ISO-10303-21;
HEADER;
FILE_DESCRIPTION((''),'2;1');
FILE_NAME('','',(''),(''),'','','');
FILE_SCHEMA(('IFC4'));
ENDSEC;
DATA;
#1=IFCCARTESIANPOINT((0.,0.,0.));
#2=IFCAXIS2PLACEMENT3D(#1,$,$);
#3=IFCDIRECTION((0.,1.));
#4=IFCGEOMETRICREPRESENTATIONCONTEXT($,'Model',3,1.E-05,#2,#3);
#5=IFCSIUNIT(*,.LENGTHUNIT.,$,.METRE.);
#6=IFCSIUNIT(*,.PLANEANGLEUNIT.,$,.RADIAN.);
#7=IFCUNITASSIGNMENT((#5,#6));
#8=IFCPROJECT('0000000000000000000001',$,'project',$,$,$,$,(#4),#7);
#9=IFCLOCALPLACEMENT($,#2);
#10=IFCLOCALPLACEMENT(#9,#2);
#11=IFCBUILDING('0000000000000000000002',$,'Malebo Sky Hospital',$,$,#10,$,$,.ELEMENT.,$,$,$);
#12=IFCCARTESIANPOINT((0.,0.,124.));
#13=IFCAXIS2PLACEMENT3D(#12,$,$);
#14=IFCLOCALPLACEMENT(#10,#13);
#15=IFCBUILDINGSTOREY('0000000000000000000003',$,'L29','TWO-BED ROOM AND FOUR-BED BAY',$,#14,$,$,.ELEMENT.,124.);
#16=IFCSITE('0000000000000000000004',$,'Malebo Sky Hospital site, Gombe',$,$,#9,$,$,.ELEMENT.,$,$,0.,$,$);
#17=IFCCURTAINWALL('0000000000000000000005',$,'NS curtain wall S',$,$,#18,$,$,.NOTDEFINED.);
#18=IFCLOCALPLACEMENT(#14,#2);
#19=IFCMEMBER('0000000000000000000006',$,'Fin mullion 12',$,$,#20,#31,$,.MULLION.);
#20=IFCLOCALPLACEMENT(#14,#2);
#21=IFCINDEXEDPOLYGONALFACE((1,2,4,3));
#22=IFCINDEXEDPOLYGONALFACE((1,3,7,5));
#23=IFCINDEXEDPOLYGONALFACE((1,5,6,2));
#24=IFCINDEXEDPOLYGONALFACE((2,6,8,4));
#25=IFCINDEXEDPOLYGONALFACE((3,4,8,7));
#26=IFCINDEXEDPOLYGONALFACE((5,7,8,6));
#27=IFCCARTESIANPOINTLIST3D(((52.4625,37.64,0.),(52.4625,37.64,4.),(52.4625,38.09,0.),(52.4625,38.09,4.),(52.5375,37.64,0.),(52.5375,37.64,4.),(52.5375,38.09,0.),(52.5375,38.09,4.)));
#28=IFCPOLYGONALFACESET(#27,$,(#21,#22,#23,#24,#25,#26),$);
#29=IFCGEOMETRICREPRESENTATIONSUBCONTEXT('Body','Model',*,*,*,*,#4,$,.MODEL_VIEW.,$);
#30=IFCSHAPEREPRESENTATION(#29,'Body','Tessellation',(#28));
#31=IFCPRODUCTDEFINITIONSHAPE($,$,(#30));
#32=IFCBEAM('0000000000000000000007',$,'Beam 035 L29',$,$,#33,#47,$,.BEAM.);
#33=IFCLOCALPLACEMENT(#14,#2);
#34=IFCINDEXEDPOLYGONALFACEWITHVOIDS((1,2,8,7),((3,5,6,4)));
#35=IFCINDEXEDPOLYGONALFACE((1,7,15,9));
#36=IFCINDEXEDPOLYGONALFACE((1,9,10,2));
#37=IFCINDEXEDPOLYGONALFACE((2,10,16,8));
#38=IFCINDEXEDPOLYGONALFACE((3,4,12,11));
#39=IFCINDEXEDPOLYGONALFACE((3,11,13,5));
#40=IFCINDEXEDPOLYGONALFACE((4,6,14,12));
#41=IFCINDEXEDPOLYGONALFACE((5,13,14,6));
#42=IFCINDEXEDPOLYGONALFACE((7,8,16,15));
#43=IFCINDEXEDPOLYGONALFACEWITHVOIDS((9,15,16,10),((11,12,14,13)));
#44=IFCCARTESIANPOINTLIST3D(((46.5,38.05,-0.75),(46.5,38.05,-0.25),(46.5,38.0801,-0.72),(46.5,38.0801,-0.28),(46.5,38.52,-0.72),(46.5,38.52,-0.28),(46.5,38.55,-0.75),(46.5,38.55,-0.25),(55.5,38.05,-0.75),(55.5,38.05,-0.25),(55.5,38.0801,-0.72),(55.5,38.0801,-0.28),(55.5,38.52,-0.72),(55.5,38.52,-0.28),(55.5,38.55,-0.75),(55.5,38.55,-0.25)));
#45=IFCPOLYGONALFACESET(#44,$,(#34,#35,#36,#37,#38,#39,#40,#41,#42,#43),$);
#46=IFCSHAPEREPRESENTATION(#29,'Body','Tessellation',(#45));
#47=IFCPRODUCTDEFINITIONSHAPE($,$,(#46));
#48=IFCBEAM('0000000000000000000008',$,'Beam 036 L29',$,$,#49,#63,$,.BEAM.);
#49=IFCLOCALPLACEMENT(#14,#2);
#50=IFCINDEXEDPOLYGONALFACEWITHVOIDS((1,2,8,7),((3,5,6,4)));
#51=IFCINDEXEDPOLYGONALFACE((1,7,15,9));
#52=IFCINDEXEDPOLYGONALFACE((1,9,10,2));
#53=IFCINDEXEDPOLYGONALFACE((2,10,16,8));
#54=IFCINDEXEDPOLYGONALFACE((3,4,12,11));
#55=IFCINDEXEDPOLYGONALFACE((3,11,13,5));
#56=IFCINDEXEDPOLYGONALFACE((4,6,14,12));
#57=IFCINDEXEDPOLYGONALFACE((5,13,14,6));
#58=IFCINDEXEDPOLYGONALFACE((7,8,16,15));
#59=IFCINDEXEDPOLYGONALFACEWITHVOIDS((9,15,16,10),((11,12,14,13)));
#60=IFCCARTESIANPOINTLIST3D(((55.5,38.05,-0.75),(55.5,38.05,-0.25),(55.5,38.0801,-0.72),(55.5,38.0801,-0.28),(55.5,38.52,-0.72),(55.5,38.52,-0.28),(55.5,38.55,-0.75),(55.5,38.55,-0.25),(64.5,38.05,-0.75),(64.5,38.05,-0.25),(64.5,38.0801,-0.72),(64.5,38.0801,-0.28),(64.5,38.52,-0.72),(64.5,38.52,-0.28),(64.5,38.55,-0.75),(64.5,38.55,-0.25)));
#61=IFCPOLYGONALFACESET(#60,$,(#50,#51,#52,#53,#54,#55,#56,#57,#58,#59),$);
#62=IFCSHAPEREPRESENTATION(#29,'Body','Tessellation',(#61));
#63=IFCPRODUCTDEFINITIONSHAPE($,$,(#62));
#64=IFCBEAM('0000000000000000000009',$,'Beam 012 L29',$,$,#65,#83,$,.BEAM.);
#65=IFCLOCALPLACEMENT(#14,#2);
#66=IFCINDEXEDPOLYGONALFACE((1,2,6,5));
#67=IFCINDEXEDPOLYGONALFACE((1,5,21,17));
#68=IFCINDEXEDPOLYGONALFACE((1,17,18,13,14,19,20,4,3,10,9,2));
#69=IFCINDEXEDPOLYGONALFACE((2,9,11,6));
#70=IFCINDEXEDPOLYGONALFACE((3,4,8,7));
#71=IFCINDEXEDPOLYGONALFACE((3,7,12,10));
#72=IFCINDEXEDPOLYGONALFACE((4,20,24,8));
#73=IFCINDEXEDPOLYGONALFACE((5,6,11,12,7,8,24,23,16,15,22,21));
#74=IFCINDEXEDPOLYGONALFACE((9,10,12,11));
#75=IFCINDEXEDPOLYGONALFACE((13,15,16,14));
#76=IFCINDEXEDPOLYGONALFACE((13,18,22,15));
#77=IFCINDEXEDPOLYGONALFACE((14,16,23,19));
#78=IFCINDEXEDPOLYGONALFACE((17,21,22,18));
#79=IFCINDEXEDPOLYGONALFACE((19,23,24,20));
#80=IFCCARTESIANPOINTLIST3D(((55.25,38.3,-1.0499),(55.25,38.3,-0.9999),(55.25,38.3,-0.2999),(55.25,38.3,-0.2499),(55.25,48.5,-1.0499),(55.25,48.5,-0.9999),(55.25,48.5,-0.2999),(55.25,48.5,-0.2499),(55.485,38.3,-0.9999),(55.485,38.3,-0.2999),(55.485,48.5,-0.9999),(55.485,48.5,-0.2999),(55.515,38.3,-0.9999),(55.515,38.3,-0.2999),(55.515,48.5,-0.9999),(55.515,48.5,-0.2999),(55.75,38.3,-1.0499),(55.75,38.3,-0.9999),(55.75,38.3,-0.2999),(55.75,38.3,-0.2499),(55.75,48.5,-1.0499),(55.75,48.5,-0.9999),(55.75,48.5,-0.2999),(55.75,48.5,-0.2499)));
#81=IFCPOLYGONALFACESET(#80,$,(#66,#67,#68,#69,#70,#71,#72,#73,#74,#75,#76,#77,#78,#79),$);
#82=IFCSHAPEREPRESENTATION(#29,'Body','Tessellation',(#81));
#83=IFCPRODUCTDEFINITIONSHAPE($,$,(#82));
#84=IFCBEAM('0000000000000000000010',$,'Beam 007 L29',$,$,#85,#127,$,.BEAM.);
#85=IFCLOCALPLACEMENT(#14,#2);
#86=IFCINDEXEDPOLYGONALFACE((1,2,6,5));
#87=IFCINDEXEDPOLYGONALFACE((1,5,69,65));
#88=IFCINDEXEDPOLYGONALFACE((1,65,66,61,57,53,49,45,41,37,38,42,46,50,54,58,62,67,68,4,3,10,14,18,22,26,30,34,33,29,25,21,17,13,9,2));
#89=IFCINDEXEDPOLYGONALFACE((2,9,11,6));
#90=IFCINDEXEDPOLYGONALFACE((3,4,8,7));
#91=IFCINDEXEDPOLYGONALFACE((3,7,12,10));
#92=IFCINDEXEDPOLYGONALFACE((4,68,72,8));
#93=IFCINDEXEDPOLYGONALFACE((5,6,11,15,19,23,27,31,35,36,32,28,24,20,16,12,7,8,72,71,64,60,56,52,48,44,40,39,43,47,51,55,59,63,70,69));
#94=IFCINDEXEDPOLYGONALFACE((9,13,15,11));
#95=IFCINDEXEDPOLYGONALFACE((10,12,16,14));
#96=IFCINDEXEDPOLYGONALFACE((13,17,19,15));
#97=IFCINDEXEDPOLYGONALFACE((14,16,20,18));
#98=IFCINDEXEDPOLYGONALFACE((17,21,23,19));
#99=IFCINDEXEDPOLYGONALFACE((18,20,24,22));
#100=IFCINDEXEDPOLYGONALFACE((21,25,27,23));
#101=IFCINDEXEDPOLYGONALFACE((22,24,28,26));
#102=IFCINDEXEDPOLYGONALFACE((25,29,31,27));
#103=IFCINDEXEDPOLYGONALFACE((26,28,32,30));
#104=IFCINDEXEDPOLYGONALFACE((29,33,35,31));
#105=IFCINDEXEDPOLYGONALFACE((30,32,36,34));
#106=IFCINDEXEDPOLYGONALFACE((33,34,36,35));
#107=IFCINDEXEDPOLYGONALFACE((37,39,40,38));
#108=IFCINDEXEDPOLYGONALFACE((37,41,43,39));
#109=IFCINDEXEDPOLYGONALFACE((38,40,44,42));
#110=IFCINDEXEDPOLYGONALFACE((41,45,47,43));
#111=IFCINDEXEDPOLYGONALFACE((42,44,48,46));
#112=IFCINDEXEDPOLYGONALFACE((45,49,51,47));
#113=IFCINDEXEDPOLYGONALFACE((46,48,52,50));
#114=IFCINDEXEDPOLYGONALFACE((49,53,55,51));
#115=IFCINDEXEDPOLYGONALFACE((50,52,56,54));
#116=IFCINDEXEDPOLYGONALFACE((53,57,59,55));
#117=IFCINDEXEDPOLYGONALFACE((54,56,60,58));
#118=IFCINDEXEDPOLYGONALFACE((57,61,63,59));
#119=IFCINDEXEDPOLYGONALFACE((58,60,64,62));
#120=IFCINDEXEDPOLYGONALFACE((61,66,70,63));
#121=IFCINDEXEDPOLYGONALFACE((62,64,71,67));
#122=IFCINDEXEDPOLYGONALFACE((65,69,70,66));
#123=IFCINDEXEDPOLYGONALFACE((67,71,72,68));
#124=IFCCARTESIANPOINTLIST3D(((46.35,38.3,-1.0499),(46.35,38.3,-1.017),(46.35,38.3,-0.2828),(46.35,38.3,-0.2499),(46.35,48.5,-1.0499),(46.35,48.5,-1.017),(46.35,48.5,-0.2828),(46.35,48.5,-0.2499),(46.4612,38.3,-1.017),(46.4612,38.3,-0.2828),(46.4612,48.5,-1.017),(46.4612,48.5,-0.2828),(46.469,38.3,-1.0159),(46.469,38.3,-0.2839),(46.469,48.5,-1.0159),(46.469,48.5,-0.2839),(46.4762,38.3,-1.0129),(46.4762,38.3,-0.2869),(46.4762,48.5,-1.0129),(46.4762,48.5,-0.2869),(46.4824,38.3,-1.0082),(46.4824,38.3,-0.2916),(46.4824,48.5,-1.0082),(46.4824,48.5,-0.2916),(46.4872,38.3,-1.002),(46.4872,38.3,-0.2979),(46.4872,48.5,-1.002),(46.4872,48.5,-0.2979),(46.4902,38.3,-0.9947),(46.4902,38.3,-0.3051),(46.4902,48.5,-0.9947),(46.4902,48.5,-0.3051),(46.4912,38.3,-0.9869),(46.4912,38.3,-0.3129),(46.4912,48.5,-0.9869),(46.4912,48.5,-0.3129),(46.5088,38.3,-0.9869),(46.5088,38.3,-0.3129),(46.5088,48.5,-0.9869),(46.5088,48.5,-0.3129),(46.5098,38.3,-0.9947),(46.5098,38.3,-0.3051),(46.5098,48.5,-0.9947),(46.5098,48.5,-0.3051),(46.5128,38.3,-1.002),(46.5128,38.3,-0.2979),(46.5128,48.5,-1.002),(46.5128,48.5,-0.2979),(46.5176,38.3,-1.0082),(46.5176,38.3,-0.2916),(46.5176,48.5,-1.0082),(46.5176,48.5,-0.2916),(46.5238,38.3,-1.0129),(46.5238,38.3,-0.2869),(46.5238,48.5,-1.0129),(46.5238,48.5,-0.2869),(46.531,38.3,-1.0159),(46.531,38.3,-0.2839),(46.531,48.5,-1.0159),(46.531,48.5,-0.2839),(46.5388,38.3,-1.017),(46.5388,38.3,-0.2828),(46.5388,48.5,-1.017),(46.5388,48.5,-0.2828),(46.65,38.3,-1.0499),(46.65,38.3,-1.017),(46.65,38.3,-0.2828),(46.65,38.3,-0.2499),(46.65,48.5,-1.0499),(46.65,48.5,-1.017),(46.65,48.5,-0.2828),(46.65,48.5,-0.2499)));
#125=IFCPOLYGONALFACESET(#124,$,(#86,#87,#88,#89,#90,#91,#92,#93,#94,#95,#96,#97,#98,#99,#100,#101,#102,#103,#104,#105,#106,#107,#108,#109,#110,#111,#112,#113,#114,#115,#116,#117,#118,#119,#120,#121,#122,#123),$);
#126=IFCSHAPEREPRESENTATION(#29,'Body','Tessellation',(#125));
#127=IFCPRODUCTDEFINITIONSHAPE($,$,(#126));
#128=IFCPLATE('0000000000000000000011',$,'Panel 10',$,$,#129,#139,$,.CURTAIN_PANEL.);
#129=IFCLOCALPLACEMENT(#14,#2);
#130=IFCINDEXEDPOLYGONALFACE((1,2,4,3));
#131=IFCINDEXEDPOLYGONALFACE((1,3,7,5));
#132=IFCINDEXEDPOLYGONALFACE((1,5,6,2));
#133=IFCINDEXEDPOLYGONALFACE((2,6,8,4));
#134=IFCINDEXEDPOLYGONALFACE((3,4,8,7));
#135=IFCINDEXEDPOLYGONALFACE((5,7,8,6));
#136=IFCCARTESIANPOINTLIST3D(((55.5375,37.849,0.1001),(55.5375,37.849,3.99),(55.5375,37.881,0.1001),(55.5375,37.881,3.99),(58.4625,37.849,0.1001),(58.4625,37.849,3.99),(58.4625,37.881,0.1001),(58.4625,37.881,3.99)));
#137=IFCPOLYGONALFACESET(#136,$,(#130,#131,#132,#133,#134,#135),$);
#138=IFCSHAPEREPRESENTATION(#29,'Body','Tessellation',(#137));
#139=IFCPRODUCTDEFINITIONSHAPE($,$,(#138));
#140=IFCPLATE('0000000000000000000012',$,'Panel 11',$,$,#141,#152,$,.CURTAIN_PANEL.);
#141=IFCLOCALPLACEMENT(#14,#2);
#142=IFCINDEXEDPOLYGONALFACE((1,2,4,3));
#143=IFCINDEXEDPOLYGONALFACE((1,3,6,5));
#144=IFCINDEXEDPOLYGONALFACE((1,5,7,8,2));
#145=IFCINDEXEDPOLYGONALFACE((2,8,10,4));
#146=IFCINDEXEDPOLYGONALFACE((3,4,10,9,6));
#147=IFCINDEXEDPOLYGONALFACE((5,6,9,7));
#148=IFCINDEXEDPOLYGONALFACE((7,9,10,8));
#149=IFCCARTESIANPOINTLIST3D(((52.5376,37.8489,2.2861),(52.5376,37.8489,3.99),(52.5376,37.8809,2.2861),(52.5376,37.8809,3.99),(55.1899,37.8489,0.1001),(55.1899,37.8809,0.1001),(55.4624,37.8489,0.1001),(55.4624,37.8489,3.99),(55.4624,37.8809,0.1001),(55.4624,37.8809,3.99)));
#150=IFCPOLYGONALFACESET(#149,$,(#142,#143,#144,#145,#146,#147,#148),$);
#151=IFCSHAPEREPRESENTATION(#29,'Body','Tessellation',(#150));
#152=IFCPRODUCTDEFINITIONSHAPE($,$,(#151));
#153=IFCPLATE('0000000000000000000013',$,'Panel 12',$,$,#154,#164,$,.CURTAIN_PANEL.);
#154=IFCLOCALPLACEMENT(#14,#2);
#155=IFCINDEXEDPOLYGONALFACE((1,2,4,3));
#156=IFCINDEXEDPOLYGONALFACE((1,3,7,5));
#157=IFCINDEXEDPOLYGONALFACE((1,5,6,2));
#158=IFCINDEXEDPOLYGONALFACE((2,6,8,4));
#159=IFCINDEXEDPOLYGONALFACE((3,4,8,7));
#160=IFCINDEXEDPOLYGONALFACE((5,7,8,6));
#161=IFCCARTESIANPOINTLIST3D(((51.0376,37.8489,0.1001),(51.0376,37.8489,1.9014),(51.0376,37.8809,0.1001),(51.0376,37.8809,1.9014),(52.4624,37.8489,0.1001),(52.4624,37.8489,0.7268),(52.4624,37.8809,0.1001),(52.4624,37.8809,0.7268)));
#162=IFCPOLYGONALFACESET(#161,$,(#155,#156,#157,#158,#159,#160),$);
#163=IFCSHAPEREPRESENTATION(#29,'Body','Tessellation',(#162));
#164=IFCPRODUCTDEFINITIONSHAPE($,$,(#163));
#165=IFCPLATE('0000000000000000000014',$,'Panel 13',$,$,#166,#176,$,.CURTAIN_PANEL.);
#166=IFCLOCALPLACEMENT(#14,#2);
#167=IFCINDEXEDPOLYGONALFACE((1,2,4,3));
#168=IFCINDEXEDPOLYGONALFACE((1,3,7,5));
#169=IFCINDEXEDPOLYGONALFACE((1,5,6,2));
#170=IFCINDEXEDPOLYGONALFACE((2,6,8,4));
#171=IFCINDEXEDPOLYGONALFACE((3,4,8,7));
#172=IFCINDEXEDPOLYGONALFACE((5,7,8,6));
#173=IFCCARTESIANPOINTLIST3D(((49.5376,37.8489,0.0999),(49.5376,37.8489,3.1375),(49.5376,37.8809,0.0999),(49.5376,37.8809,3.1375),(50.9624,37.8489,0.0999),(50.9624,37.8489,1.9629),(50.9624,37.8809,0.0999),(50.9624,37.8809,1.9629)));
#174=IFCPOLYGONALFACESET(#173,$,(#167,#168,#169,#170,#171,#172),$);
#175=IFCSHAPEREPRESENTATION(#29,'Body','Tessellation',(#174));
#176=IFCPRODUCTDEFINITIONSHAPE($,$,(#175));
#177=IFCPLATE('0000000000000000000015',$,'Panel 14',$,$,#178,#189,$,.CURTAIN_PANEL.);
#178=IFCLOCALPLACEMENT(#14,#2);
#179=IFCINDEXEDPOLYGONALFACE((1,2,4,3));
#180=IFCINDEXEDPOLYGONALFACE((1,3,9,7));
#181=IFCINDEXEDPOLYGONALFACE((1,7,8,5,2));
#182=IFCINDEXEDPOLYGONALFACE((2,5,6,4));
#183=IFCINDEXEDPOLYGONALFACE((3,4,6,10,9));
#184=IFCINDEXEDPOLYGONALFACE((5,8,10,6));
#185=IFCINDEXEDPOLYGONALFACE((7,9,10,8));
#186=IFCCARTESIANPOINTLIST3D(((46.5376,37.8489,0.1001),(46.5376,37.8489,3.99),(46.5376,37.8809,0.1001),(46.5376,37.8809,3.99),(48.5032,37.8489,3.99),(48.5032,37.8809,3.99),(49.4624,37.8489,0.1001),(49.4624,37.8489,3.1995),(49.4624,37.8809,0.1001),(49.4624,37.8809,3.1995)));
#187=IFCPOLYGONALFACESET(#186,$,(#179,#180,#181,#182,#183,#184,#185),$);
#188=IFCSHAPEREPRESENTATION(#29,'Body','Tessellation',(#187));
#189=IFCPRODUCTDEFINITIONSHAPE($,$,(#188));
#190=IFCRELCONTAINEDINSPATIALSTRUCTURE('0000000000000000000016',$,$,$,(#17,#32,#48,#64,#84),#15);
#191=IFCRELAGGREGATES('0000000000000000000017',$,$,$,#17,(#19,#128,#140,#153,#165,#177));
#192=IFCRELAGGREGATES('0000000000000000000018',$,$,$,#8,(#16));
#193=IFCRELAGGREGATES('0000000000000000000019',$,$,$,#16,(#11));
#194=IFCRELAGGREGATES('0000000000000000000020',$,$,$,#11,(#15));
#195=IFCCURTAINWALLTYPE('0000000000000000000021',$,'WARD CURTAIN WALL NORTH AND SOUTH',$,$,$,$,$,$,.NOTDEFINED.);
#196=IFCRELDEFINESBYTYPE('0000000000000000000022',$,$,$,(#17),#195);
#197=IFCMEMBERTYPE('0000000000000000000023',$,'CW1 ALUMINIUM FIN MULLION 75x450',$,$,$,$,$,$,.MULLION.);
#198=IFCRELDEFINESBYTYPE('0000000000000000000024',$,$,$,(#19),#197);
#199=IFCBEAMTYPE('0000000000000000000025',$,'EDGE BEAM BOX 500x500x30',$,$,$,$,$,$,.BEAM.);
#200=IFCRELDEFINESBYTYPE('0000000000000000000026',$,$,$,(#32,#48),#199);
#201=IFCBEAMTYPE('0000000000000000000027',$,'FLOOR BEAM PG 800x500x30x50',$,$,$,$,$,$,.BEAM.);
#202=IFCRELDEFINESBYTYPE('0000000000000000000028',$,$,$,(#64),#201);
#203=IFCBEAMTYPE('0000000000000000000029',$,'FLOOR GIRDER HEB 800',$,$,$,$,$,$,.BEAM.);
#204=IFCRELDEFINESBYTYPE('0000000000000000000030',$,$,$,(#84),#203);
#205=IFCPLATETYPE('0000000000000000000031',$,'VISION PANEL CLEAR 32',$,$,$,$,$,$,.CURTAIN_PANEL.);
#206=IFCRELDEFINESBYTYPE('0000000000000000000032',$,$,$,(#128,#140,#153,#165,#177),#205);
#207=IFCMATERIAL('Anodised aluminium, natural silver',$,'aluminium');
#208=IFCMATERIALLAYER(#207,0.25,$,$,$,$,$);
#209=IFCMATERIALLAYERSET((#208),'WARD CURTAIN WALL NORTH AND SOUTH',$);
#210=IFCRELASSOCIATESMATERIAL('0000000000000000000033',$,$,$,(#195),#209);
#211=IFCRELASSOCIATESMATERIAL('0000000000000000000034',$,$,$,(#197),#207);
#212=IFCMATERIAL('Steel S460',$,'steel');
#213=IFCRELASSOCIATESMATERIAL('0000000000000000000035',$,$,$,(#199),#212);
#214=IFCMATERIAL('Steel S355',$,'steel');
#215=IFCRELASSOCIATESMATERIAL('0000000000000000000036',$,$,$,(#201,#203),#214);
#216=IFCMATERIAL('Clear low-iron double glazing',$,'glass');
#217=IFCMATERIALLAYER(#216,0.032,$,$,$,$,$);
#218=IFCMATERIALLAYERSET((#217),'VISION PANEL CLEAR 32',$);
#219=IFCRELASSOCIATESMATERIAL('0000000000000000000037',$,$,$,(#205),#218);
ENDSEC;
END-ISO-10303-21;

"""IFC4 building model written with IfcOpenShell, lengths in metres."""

from ifc_helpers import new_model, si_unit, direction, frame, origin, origin_2d, place, context, subcontext, project, spatial, polyline, rectangle, hollow_rectangle, i_section, outline, extrude, material, layer, layer_set, material_profile, profile_set, type_object, element, aggregate, save


model = new_model("IFC4")

# Units and contexts
model_context = context("Model", 3, precision=1e-05, world=origin(), true_north=direction((0.0, 1.0)))
body_context = subcontext(model_context, "Body", "Model", "MODEL_VIEW")
ifc_project = project(units=[si_unit("LENGTHUNIT", "METRE"), si_unit("PLANEANGLEUNIT", "RADIAN")], contexts=[model_context])

# Site, building, storey
site_placement = place(None, origin())
site = spatial("IfcSite", under=ifc_project, at=site_placement, Name="Malebo Sky Hospital site, Gombe", CompositionType="ELEMENT", RefElevation=0.0)
building_placement = place(site_placement, origin())
building = spatial("IfcBuilding", under=site, at=building_placement, Name="Malebo Sky Hospital", CompositionType="ELEMENT")
storey_placement = place(building_placement, frame((0.0, 0.0, 124.0)))
storey = spatial("IfcBuildingStorey", under=building, at=storey_placement, Name="L29", Description="TWO-BED ROOM AND FOUR-BED BAY", CompositionType="ELEMENT", Elevation=124.0)

# Shared definitions
ifc_material_1 = material(Name="Steel S460", Category="steel")

# Curtain wall
ifc_material_2 = material(Name="Anodised aluminium, natural silver", Category="aluminium")
ifc_layer_1 = layer(ifc_material_2, 0.25)
ifc_layer_set_1 = layer_set([ifc_layer_1], Name="WARD CURTAIN WALL NORTH AND SOUTH")
curtain_wall_type = type_object("IfcCurtainWallType", Name="WARD CURTAIN WALL NORTH AND SOUTH", PredefinedType="NOTDEFINED", material=ifc_layer_set_1)
curtain_wall_placement = place(storey_placement, origin())
curtain_wall = element("IfcCurtainWall", 1, at=curtain_wall_placement, inside=storey, type_object=curtain_wall_type, Name="NS curtain wall S", PredefinedType="NOTDEFINED")

# Member
ifc_material_3 = material(Name="Steel S355", Category="steel")
ifc_material_profile_1 = material_profile(ifc_material_2, rectangle(XDim=0.075, YDim=0.45, at=origin_2d()), Name="CW1 ALUMINIUM FIN MULLION 75x450")
ifc_profile_set_1 = profile_set([ifc_material_profile_1], Name="Anodised aluminium, natural silver")
member_type_1 = type_object("IfcMemberType", Name="CW1 ALUMINIUM FIN MULLION 75x450", PredefinedType="MULLION", material=ifc_profile_set_1)
member_1_placement = place(storey_placement, frame((52.5, 37.865, 0.0), z_axis=(0.0, 0.0, 1.0), x_axis=(-1.0, 0.0, 0.0)))
member_1 = element("IfcMember", 2, at=member_1_placement, type_object=member_type_1, Name="Fin mullion 12", PredefinedType="MULLION", context=body_context, shape_type="SweptSolid", body=[
    extrude(rectangle(XDim=0.075, YDim=0.45, at=origin_2d()), origin(), (0.0, 0.0, 1.0), 4.0),
])

# Beams
ifc_material_profile_2 = material_profile(ifc_material_1, hollow_rectangle(XDim=0.5, YDim=0.5, WallThickness=0.03, at=origin_2d()), Name="BOX 500x500x30")
ifc_profile_set_2 = profile_set([ifc_material_profile_2], Name="Steel S460")
beam_type_1 = type_object("IfcBeamType", Name="EDGE BEAM BOX 500x500x30", PredefinedType="BEAM", material=ifc_profile_set_2)
for number, where, z_axis, x_axis, name in (
    (3, (46.5, 38.3, -0.5), (1.0, 0.0, 0.0), (0.0, 1.0, 0.0), "Beam 035 L29"),
    (4, (55.5, 38.3, -0.5), (1.0, 0.0, 0.0), (0.0, 1.0, 0.0), "Beam 036 L29"),
):
    element("IfcBeam", number, at=place(storey_placement, frame(where, z_axis=z_axis, x_axis=x_axis)), inside=storey, type_object=beam_type_1, Name=name, PredefinedType="BEAM", context=body_context, shape_type="SweptSolid", body=[
        extrude(hollow_rectangle(XDim=0.5, YDim=0.5, WallThickness=0.03, at=origin_2d()), origin(), (0.0, 0.0, 1.0), 9.0),
    ])
ifc_material_profile_3 = material_profile(ifc_material_3, i_section(OverallWidth=0.5, OverallDepth=0.8, WebThickness=0.03, FlangeThickness=0.05, at=origin_2d()), Name="PG 800x500x30x50")
ifc_profile_set_3 = profile_set([ifc_material_profile_3], Name="Steel S355")
beam_type_2 = type_object("IfcBeamType", Name="FLOOR BEAM PG 800x500x30x50", PredefinedType="BEAM", material=ifc_profile_set_3)
beam_1_placement = place(storey_placement, frame((55.5, 38.3, -0.6499), z_axis=(0.0, 1.0, 0.0), x_axis=(-1.0, 0.0, 0.0)))
element("IfcBeam", 5, at=beam_1_placement, inside=storey, type_object=beam_type_2, Name="Beam 012 L29", PredefinedType="BEAM", context=body_context, shape_type="SweptSolid", body=[
    extrude(i_section(OverallWidth=0.5, OverallDepth=0.8, WebThickness=0.03, FlangeThickness=0.05, at=origin_2d()), origin(), (0.0, 0.0, 1.0), 10.2),
])
ifc_material_profile_4 = material_profile(ifc_material_3, i_section(OverallWidth=0.3, OverallDepth=0.8, WebThickness=0.0176, FlangeThickness=0.033, FilletRadius=0.03, at=origin_2d()), Name="HEB 800")
ifc_profile_set_4 = profile_set([ifc_material_profile_4], Name="Steel S355")
beam_type_3 = type_object("IfcBeamType", Name="FLOOR GIRDER HEB 800", PredefinedType="BEAM", material=ifc_profile_set_4)
beam_2_placement = place(storey_placement, frame((46.5, 38.3, -0.6499), z_axis=(0.0, 1.0, 0.0), x_axis=(-1.0, 0.0, 0.0)))
element("IfcBeam", 6, at=beam_2_placement, inside=storey, type_object=beam_type_3, Name="Beam 007 L29", PredefinedType="BEAM", context=body_context, shape_type="SweptSolid", body=[
    extrude(i_section(OverallWidth=0.3, OverallDepth=0.8, WebThickness=0.0176, FlangeThickness=0.033, FilletRadius=0.03, at=origin_2d()), origin(), (0.0, 0.0, 1.0), 10.2),
])

# Plates
ifc_material_4 = material(Name="Clear low-iron double glazing", Category="glass")
ifc_layer_2 = layer(ifc_material_4, 0.032)
ifc_layer_set_2 = layer_set([ifc_layer_2], Name="VISION PANEL CLEAR 32")
plate_type = type_object("IfcPlateType", Name="VISION PANEL CLEAR 32", PredefinedType="CURTAIN_PANEL", material=ifc_layer_set_2)
plate_1_placement = place(storey_placement, frame((57.0, 37.865, 0.1001), z_axis=(0.0, 0.0, 1.0), x_axis=(-1.0, 0.0, 0.0)))
plate_1 = element("IfcPlate", 7, at=plate_1_placement, type_object=plate_type, Name="Panel 10", PredefinedType="CURTAIN_PANEL", context=body_context, shape_type="SweptSolid", body=[
    extrude(rectangle(XDim=2.925, YDim=0.032, at=origin_2d()), origin(), (0.0, 0.0, 1.0), 3.8899),
])
plate_2_placement = place(storey_placement, frame((54.0, 37.865, 0.1001), z_axis=(0.0, 0.0, 1.0), x_axis=(-1.0, 0.0, 0.0)))
plate_2 = element("IfcPlate", 8, at=plate_2_placement, type_object=plate_type, Name="Panel 11", PredefinedType="CURTAIN_PANEL", context=body_context, shape_type="SweptSolid", body=[
    extrude(outline(polyline([(-1.4624, 0.0), (-1.1899, 0.0), (1.4624, 2.186), (1.4624, 3.8899), (-1.4624, 3.8899), (-1.4624, 0.0)])), frame((0.0, 0.0161, 0.0), z_axis=(0.0, -1.0, 0.0), x_axis=(1.0, 0.0, 0.0)), (0.0, 0.0, 1.0), 0.032),
])
plate_3_placement = place(storey_placement, frame((51.75, 37.865, 0.1001), z_axis=(0.0, 0.0, 1.0), x_axis=(-1.0, 0.0, 0.0)))
plate_3 = element("IfcPlate", 9, at=plate_3_placement, type_object=plate_type, Name="Panel 12", PredefinedType="CURTAIN_PANEL", context=body_context, shape_type="SweptSolid", body=[
    extrude(outline(polyline([(-0.7124, 0.0), (0.7124, 0.0), (0.7124, 1.8013), (-0.7124, 0.6267), (-0.7124, 0.0)])), frame((0.0, 0.0161, 0.0), z_axis=(0.0, -1.0, 0.0), x_axis=(1.0, 0.0, 0.0)), (0.0, 0.0, 1.0), 0.032),
])
plate_4_placement = place(storey_placement, frame((50.25, 37.865, 0.0999), z_axis=(0.0, 0.0, 1.0), x_axis=(-1.0, 0.0, 0.0)))
plate_4 = element("IfcPlate", 10, at=plate_4_placement, type_object=plate_type, Name="Panel 13", PredefinedType="CURTAIN_PANEL", context=body_context, shape_type="SweptSolid", body=[
    extrude(outline(polyline([(-0.7124, 0.0), (0.7124, 0.0), (0.7124, 3.0376), (-0.7124, 1.863), (-0.7124, 0.0)])), frame((0.0, 0.0161, 0.0), z_axis=(0.0, -1.0, 0.0), x_axis=(1.0, 0.0, 0.0)), (0.0, 0.0, 1.0), 0.032),
])
plate_5_placement = place(storey_placement, frame((48.0, 37.865, 0.1001), z_axis=(0.0, 0.0, 1.0), x_axis=(-1.0, 0.0, 0.0)))
plate_5 = element("IfcPlate", 11, at=plate_5_placement, type_object=plate_type, Name="Panel 14", PredefinedType="CURTAIN_PANEL", context=body_context, shape_type="SweptSolid", body=[
    extrude(outline(polyline([(-1.4624, 0.0), (1.4624, 0.0), (1.4624, 3.8899), (-0.5032, 3.8899), (-1.4624, 3.0994), (-1.4624, 0.0)])), frame((0.0, 0.0161, 0.0), z_axis=(0.0, -1.0, 0.0), x_axis=(1.0, 0.0, 0.0)), (0.0, 0.0, 1.0), 0.032),
])
aggregate(curtain_wall, [member_1, plate_1, plate_2, plate_3, plate_4, plate_5])

save(model, "model.ifc")
